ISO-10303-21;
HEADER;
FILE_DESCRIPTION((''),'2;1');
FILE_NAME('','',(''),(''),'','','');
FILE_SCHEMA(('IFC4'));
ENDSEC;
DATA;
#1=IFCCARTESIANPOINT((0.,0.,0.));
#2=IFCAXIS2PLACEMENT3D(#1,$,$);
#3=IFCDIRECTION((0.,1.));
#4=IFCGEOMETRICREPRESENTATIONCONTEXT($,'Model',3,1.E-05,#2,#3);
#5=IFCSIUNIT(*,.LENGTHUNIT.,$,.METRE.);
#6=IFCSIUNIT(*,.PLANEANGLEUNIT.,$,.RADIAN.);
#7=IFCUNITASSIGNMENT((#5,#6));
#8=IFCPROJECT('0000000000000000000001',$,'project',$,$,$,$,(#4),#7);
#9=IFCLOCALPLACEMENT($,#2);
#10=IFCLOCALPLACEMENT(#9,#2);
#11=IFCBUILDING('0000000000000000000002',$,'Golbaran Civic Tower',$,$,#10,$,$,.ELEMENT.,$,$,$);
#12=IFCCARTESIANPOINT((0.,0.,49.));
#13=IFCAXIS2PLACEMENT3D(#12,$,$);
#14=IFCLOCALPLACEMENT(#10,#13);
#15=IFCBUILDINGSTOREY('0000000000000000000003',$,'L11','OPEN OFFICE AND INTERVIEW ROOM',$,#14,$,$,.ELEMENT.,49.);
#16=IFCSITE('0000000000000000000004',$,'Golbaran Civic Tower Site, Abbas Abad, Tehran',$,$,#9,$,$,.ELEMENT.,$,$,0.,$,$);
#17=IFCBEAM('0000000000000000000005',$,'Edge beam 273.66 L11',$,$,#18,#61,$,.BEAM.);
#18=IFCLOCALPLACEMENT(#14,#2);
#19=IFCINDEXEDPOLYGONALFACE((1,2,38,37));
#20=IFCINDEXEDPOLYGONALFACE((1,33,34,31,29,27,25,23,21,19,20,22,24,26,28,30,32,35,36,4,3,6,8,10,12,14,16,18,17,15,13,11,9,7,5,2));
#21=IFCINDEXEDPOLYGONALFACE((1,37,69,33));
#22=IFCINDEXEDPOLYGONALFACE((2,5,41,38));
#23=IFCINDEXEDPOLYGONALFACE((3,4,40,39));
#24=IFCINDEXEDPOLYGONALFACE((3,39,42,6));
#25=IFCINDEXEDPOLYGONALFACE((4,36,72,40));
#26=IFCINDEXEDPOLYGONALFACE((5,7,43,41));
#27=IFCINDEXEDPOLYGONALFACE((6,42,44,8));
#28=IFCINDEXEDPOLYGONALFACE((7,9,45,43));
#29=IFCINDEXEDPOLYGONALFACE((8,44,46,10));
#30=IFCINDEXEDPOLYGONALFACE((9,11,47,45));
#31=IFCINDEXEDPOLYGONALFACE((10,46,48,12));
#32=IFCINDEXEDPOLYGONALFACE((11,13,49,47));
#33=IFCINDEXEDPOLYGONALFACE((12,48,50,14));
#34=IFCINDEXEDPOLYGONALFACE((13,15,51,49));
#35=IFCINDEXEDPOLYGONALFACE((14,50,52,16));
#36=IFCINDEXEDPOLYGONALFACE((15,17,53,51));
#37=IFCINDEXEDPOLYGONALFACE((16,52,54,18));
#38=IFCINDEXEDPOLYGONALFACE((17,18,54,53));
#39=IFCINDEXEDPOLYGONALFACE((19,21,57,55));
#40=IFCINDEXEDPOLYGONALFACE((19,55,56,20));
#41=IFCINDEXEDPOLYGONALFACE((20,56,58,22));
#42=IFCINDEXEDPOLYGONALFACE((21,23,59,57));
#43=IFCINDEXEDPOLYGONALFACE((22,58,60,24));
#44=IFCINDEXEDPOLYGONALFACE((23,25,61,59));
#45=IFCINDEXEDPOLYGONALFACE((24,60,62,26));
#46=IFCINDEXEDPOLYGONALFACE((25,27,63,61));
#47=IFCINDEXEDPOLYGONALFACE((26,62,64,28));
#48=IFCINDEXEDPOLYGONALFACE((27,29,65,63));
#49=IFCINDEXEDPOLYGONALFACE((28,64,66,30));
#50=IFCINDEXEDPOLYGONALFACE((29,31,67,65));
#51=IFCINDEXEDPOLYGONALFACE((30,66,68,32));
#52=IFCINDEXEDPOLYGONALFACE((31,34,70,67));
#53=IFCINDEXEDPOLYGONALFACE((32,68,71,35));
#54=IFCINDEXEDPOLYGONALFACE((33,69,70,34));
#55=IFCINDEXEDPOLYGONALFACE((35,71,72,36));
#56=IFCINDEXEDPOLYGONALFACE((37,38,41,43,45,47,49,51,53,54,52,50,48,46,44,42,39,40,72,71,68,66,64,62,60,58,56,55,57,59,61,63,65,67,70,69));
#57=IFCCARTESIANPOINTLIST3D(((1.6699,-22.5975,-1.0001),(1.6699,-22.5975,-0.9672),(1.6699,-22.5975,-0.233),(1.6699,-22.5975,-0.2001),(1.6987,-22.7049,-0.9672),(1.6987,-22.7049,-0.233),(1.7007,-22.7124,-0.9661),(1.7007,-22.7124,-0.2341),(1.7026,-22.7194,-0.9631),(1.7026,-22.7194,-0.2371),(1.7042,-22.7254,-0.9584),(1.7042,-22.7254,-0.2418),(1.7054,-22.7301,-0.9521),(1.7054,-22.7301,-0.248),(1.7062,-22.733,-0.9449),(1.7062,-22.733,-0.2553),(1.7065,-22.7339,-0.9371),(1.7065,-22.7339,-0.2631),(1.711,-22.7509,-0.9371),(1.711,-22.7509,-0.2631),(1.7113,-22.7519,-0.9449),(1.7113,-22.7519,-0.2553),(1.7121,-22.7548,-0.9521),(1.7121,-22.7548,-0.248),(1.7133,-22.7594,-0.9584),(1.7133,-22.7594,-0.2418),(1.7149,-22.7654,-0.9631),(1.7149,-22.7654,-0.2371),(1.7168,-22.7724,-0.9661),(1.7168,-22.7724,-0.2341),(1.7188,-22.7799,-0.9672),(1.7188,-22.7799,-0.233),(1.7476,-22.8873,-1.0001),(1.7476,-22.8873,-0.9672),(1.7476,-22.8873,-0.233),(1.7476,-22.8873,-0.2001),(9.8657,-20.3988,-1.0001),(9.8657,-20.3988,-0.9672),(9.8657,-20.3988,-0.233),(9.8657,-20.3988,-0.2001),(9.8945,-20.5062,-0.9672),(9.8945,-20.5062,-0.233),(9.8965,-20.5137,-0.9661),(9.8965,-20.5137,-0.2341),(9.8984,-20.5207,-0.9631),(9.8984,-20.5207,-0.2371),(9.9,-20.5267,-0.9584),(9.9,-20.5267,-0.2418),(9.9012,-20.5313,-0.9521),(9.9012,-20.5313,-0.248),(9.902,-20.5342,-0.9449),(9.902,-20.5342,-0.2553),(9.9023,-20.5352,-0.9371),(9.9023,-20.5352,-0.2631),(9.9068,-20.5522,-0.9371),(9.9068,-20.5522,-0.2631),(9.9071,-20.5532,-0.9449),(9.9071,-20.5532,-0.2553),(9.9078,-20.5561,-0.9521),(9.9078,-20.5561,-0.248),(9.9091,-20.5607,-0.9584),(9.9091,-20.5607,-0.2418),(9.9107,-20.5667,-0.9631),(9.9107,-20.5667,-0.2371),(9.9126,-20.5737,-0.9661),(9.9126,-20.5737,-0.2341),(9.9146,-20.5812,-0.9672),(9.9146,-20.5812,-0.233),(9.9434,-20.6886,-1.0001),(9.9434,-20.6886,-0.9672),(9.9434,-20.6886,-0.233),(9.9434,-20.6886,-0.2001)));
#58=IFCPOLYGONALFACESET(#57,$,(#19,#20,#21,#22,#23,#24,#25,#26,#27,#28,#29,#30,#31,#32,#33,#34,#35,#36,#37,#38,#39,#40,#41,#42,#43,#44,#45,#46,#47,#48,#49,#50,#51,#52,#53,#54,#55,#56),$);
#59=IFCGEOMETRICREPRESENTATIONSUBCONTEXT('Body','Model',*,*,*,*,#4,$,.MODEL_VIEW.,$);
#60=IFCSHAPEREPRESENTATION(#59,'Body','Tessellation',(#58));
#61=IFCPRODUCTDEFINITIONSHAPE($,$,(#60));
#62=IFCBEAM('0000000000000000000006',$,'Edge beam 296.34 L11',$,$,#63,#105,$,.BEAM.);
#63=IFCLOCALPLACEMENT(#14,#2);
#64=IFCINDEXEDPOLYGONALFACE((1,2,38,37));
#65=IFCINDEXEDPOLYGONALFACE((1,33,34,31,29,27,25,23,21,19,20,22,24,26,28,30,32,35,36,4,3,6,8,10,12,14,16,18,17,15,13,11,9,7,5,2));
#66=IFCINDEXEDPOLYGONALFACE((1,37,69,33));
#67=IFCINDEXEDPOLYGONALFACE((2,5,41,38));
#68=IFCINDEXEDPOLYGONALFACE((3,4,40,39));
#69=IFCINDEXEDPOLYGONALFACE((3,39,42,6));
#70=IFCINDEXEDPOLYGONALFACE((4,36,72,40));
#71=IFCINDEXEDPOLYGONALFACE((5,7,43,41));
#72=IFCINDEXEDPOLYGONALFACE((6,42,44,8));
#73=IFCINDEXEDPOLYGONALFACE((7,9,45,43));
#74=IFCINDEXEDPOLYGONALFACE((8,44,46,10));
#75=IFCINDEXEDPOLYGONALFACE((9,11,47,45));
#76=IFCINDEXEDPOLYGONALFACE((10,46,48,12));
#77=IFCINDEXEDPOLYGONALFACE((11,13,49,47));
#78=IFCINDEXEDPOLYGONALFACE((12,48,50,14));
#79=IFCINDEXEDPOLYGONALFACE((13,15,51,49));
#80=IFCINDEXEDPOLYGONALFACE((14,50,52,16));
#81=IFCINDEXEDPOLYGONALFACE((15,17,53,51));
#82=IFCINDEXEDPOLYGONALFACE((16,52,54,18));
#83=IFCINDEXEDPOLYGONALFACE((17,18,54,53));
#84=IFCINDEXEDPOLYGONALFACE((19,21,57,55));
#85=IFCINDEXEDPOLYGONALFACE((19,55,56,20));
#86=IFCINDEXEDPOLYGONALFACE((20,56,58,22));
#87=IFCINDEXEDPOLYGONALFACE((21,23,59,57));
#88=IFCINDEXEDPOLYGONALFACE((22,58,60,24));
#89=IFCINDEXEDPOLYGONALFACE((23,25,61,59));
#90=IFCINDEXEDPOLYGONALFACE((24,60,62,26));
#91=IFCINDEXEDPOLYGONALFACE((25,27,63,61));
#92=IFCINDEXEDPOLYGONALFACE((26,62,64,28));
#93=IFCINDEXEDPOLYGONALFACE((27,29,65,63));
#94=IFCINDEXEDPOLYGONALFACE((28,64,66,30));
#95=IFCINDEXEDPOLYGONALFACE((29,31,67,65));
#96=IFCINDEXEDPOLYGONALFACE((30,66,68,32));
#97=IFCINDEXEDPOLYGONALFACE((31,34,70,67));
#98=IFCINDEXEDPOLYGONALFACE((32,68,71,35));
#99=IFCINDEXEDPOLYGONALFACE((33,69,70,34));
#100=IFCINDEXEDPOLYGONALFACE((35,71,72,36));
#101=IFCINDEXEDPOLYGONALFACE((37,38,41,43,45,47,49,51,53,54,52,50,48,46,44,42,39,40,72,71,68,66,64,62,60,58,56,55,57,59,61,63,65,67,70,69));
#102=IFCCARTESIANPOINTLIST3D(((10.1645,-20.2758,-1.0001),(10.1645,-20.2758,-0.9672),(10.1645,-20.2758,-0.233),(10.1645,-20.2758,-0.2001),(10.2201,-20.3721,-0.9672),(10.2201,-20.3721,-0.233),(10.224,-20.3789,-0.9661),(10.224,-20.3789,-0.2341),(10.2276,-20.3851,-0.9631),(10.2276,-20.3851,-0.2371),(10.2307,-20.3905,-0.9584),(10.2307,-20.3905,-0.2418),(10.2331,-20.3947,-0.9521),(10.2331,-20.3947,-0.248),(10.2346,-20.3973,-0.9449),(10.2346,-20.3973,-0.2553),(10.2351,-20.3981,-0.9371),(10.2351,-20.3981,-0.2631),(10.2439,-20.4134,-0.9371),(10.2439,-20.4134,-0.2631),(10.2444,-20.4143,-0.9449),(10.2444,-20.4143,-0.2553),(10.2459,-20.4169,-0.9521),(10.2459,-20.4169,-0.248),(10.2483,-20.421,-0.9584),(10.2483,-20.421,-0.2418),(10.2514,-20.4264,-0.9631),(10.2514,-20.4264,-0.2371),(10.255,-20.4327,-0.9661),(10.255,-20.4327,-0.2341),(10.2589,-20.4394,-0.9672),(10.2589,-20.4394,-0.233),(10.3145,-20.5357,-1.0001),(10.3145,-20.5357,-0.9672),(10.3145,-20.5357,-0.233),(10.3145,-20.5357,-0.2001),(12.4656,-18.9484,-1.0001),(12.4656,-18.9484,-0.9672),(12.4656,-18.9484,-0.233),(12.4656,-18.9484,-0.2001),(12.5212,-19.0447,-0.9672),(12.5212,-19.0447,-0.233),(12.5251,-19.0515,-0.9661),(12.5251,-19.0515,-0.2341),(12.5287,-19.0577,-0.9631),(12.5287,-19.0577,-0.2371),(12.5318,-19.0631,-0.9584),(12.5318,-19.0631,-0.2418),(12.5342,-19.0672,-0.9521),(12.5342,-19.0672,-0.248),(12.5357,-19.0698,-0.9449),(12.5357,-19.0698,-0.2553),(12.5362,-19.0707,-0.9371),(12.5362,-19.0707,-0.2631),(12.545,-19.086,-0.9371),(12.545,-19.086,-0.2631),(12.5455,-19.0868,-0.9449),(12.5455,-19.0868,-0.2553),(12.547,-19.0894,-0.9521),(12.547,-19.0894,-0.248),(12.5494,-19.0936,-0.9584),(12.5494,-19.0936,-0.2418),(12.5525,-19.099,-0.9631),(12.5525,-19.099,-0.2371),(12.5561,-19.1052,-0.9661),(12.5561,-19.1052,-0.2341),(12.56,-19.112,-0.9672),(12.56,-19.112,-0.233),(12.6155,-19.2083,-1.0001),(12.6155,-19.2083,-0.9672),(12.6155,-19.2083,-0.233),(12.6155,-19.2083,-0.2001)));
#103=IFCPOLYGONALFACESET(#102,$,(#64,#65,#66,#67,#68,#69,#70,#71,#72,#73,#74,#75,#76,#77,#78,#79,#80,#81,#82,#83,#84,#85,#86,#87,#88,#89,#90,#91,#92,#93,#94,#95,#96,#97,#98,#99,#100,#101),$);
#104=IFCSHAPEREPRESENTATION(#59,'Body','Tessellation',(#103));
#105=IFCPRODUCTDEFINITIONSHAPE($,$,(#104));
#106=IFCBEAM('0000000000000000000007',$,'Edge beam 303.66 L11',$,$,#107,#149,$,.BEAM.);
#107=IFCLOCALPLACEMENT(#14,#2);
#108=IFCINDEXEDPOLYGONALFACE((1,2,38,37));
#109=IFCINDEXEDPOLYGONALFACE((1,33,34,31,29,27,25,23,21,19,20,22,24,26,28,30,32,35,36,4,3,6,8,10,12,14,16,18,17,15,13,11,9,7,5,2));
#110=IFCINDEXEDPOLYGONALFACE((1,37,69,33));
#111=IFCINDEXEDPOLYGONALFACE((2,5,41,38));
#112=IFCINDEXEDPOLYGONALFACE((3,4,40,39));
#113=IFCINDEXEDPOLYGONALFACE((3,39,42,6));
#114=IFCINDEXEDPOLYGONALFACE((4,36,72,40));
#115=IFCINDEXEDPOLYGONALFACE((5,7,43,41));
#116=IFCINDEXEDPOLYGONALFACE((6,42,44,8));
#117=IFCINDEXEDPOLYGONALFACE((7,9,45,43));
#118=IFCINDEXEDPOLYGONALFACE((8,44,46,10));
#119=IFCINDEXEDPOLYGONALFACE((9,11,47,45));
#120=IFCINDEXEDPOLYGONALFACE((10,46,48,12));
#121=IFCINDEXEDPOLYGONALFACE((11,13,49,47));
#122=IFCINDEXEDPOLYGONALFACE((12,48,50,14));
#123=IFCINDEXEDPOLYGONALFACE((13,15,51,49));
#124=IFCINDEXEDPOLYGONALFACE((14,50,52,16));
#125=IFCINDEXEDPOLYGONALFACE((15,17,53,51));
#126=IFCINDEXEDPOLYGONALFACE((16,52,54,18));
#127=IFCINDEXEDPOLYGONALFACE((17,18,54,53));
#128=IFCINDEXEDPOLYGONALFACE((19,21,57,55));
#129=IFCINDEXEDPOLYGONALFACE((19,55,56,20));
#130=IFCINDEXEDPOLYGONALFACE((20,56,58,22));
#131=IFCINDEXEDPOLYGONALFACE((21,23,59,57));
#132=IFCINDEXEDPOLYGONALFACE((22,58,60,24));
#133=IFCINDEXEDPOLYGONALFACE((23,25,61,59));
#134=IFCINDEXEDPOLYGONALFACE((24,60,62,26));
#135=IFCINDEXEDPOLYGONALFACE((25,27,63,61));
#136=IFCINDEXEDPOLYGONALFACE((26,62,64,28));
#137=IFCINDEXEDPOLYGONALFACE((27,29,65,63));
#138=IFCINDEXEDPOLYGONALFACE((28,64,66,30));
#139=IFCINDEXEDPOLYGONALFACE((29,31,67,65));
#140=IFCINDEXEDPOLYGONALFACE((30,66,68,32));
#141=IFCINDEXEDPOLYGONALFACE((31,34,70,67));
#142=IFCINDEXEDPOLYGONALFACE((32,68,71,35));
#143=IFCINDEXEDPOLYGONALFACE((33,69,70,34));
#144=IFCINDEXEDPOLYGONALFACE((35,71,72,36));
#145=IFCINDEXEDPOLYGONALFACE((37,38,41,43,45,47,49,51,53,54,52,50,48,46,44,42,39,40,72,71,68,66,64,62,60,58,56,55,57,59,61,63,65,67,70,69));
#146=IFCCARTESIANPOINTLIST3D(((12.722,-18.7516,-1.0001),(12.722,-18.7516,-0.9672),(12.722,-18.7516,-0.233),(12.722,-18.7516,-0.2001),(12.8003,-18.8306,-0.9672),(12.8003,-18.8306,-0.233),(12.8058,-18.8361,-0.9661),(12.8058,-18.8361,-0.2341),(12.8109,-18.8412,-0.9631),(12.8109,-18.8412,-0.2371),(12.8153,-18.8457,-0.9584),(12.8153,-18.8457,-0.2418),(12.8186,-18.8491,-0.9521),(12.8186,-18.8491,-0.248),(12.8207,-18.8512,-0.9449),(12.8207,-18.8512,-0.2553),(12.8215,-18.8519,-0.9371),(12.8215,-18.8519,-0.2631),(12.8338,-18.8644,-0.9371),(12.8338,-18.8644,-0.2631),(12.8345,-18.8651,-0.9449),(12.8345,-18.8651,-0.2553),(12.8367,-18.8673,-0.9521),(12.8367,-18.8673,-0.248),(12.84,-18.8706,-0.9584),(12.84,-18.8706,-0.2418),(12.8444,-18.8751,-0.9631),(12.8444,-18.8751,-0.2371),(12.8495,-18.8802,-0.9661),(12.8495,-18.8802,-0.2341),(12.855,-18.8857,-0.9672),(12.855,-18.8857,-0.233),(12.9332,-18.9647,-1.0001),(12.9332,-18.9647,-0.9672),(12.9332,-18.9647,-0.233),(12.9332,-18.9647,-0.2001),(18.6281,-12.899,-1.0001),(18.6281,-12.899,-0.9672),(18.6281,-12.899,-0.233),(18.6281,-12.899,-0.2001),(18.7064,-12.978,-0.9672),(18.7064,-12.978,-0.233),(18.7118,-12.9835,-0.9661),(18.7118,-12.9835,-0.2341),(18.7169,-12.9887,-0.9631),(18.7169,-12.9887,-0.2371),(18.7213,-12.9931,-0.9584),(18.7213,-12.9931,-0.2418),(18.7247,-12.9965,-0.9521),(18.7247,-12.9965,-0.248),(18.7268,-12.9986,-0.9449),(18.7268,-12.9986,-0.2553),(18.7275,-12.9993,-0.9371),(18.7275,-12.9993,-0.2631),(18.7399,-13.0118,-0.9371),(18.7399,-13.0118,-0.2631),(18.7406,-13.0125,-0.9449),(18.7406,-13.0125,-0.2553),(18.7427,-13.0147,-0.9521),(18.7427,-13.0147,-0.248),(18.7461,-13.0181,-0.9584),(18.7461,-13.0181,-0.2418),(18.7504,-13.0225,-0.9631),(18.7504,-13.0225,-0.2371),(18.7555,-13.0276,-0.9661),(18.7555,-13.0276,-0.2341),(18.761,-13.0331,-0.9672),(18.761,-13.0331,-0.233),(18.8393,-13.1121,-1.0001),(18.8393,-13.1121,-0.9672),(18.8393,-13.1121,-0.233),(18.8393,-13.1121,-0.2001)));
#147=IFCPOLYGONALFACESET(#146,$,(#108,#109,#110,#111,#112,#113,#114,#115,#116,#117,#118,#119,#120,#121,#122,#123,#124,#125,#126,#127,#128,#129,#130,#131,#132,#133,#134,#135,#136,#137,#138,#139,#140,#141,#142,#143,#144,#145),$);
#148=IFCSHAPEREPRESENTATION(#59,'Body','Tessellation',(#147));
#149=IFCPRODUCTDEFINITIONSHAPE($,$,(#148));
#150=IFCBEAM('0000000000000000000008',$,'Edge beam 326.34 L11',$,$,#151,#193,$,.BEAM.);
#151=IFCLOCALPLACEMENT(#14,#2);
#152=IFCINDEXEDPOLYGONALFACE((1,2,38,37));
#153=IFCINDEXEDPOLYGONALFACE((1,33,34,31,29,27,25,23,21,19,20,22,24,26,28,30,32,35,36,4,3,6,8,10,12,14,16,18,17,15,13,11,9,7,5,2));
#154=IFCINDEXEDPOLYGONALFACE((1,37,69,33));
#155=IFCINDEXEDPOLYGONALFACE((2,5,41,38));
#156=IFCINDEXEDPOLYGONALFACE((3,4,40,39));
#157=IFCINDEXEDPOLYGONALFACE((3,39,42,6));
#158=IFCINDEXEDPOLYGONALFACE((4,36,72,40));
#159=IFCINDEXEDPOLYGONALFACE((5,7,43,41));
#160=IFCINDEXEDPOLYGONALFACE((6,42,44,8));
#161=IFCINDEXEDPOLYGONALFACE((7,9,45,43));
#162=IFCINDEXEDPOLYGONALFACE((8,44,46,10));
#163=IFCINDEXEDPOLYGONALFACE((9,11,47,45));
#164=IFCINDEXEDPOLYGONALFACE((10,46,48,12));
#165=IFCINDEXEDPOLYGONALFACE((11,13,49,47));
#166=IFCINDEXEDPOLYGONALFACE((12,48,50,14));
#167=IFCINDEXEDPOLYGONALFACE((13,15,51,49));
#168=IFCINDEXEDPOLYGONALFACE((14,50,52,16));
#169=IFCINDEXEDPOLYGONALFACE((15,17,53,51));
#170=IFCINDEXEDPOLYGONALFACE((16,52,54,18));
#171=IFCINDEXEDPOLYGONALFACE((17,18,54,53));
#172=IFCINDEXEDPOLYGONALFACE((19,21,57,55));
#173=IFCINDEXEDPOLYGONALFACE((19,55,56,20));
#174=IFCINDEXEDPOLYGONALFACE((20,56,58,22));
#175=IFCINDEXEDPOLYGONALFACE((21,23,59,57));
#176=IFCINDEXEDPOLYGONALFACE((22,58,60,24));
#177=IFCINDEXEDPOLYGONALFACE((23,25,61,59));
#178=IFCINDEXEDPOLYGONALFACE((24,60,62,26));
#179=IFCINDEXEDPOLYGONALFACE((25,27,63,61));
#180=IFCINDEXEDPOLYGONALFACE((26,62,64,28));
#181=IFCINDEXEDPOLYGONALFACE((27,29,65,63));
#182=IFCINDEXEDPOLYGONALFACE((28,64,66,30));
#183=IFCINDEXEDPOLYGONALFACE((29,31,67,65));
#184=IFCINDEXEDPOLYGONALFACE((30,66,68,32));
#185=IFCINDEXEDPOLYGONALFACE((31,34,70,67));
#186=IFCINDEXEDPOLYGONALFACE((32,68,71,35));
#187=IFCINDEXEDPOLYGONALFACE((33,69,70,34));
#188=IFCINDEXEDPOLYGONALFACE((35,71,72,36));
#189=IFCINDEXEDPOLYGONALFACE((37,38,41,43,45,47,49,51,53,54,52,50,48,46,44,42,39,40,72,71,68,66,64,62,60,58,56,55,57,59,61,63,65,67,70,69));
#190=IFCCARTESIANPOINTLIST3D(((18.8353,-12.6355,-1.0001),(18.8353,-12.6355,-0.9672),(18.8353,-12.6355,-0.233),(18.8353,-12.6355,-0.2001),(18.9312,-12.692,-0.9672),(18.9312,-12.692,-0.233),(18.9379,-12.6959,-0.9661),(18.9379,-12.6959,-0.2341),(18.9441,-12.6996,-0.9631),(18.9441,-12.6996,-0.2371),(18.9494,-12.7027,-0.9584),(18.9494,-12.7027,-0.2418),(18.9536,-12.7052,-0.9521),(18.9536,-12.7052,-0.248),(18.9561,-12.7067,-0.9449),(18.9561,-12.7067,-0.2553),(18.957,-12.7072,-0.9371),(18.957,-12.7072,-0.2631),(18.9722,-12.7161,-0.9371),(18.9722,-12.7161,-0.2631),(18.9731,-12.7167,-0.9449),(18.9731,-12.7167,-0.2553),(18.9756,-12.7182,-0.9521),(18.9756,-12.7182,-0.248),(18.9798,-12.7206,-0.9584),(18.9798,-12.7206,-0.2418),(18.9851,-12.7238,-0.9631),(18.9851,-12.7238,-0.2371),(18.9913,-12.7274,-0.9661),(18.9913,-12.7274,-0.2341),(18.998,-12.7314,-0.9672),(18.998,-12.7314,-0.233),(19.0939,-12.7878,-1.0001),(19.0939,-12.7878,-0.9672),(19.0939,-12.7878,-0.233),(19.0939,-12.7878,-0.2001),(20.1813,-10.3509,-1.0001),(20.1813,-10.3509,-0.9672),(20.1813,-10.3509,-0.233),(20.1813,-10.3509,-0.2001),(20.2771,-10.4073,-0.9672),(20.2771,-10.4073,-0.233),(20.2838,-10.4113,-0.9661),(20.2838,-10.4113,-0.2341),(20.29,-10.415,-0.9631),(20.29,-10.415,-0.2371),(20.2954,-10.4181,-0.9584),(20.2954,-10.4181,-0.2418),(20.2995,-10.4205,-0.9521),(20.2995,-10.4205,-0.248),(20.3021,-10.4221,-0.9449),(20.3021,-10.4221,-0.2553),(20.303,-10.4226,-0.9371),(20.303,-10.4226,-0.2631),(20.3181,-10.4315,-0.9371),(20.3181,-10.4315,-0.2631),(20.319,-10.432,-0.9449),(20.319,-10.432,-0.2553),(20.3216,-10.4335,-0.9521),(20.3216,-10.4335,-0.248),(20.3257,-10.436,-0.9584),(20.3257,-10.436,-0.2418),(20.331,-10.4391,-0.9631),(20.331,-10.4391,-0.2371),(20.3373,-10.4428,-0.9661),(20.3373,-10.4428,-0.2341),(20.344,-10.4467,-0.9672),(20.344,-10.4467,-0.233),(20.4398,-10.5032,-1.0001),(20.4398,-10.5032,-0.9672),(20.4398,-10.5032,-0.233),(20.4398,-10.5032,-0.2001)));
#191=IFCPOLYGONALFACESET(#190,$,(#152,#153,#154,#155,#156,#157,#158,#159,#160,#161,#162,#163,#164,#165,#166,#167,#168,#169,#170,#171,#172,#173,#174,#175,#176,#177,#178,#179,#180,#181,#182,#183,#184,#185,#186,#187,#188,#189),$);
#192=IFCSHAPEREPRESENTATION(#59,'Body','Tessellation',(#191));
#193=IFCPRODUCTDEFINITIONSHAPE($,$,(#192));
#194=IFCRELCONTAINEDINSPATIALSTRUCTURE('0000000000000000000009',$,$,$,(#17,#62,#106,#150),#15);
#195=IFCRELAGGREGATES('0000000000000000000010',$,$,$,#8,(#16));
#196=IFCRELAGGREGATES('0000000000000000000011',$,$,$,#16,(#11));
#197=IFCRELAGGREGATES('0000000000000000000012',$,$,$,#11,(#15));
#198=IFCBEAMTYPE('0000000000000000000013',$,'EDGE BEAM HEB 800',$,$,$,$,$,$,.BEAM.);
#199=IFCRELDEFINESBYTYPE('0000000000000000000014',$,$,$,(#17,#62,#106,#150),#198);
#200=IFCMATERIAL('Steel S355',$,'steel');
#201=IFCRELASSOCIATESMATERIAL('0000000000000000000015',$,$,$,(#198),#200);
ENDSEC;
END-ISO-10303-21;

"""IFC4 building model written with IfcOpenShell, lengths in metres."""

from ifc_helpers import new_model, si_unit, direction, frame, origin, origin_2d, place, context, subcontext, project, spatial, i_section, extrude, material, material_profile, profile_set, type_object, element, save


model = new_model("IFC4")

# Units and contexts
model_context = context("Model", 3, precision=1e-05, world=origin(), true_north=direction((0.0, 1.0)))
body_context = subcontext(model_context, "Body", "Model", "MODEL_VIEW")
ifc_project = project(units=[si_unit("LENGTHUNIT", "METRE"), si_unit("PLANEANGLEUNIT", "RADIAN")], contexts=[model_context])

# Site, building, storey
site_placement = place(None, origin())
site = spatial("IfcSite", under=ifc_project, at=site_placement, Name="Golbaran Civic Tower Site, Abbas Abad, Tehran", CompositionType="ELEMENT", RefElevation=0.0)
building_placement = place(site_placement, origin())
building = spatial("IfcBuilding", under=site, at=building_placement, Name="Golbaran Civic Tower", CompositionType="ELEMENT")
storey_placement = place(building_placement, frame((0.0, 0.0, 49.0)))
storey = spatial("IfcBuildingStorey", under=building, at=storey_placement, Name="L11", Description="OPEN OFFICE AND INTERVIEW ROOM", CompositionType="ELEMENT", Elevation=49.0)

# Beams
ifc_material_1 = material(Name="Steel S355", Category="steel")
ifc_material_profile_1 = material_profile(ifc_material_1, i_section(OverallWidth=0.3, OverallDepth=0.8, WebThickness=0.0176, FlangeThickness=0.033, FilletRadius=0.03, at=origin_2d()), Name="HEB 800")
ifc_profile_set_1 = profile_set([ifc_material_profile_1], Name="Steel S355")
beam_type_1 = type_object("IfcBeamType", Name="EDGE BEAM HEB 800", PredefinedType="BEAM", material=ifc_profile_set_1)
beam_1_placement = place(storey_placement, frame((1.7087, -22.7424, -0.6001), z_axis=(0.965847, 0.259113, 0.0), x_axis=(-0.259113, 0.965847, 0.0)))
element("IfcBeam", 1, at=beam_1_placement, inside=storey, type_object=beam_type_1, Name="Edge beam 273.66 L11", PredefinedType="BEAM", context=body_context, shape_type="SweptSolid", body=[
    extrude(i_section(OverallWidth=0.3, OverallDepth=0.8, WebThickness=0.0176, FlangeThickness=0.033, FilletRadius=0.03, at=origin_2d()), origin(), (0.0, 0.0, 1.0), 8.4856),
])
beam_2_placement = place(storey_placement, frame((10.2395, -20.4058, -0.6001), z_axis=(0.866205, 0.499688, 0.0), x_axis=(-0.499688, 0.866205, 0.0)))
element("IfcBeam", 2, at=beam_2_placement, inside=storey, type_object=beam_type_1, Name="Edge beam 296.34 L11", PredefinedType="BEAM", context=body_context, shape_type="SweptSolid", body=[
    extrude(i_section(OverallWidth=0.3, OverallDepth=0.8, WebThickness=0.0176, FlangeThickness=0.033, FilletRadius=0.03, at=origin_2d()), origin(), (0.0, 0.0, 1.0), 2.6565),
])
beam_3_placement = place(storey_placement, frame((12.8276, -18.8582, -0.6001), z_axis=(0.710315, 0.703884, 0.0), x_axis=(-0.703884, 0.710315, 0.0)))
element("IfcBeam", 3, at=beam_3_placement, inside=storey, type_object=beam_type_1, Name="Edge beam 303.66 L11", PredefinedType="BEAM", context=body_context, shape_type="SweptSolid", body=[
    extrude(i_section(OverallWidth=0.3, OverallDepth=0.8, WebThickness=0.0176, FlangeThickness=0.033, FilletRadius=0.03, at=origin_2d()), origin(), (0.0, 0.0, 1.0), 8.3147),
])
beam_4_placement = place(storey_placement, frame((18.9646, -12.7117, -0.6001), z_axis=(0.507587, 0.8616, 0.0), x_axis=(-0.8616, 0.507587, 0.0)))
element("IfcBeam", 4, at=beam_4_placement, inside=storey, type_object=beam_type_1, Name="Edge beam 326.34 L11", PredefinedType="BEAM", context=body_context, shape_type="SweptSolid", body=[
    extrude(i_section(OverallWidth=0.3, OverallDepth=0.8, WebThickness=0.0176, FlangeThickness=0.033, FilletRadius=0.03, at=origin_2d()), origin(), (0.0, 0.0, 1.0), 2.6516),
])

save(model, "model.ifc")
